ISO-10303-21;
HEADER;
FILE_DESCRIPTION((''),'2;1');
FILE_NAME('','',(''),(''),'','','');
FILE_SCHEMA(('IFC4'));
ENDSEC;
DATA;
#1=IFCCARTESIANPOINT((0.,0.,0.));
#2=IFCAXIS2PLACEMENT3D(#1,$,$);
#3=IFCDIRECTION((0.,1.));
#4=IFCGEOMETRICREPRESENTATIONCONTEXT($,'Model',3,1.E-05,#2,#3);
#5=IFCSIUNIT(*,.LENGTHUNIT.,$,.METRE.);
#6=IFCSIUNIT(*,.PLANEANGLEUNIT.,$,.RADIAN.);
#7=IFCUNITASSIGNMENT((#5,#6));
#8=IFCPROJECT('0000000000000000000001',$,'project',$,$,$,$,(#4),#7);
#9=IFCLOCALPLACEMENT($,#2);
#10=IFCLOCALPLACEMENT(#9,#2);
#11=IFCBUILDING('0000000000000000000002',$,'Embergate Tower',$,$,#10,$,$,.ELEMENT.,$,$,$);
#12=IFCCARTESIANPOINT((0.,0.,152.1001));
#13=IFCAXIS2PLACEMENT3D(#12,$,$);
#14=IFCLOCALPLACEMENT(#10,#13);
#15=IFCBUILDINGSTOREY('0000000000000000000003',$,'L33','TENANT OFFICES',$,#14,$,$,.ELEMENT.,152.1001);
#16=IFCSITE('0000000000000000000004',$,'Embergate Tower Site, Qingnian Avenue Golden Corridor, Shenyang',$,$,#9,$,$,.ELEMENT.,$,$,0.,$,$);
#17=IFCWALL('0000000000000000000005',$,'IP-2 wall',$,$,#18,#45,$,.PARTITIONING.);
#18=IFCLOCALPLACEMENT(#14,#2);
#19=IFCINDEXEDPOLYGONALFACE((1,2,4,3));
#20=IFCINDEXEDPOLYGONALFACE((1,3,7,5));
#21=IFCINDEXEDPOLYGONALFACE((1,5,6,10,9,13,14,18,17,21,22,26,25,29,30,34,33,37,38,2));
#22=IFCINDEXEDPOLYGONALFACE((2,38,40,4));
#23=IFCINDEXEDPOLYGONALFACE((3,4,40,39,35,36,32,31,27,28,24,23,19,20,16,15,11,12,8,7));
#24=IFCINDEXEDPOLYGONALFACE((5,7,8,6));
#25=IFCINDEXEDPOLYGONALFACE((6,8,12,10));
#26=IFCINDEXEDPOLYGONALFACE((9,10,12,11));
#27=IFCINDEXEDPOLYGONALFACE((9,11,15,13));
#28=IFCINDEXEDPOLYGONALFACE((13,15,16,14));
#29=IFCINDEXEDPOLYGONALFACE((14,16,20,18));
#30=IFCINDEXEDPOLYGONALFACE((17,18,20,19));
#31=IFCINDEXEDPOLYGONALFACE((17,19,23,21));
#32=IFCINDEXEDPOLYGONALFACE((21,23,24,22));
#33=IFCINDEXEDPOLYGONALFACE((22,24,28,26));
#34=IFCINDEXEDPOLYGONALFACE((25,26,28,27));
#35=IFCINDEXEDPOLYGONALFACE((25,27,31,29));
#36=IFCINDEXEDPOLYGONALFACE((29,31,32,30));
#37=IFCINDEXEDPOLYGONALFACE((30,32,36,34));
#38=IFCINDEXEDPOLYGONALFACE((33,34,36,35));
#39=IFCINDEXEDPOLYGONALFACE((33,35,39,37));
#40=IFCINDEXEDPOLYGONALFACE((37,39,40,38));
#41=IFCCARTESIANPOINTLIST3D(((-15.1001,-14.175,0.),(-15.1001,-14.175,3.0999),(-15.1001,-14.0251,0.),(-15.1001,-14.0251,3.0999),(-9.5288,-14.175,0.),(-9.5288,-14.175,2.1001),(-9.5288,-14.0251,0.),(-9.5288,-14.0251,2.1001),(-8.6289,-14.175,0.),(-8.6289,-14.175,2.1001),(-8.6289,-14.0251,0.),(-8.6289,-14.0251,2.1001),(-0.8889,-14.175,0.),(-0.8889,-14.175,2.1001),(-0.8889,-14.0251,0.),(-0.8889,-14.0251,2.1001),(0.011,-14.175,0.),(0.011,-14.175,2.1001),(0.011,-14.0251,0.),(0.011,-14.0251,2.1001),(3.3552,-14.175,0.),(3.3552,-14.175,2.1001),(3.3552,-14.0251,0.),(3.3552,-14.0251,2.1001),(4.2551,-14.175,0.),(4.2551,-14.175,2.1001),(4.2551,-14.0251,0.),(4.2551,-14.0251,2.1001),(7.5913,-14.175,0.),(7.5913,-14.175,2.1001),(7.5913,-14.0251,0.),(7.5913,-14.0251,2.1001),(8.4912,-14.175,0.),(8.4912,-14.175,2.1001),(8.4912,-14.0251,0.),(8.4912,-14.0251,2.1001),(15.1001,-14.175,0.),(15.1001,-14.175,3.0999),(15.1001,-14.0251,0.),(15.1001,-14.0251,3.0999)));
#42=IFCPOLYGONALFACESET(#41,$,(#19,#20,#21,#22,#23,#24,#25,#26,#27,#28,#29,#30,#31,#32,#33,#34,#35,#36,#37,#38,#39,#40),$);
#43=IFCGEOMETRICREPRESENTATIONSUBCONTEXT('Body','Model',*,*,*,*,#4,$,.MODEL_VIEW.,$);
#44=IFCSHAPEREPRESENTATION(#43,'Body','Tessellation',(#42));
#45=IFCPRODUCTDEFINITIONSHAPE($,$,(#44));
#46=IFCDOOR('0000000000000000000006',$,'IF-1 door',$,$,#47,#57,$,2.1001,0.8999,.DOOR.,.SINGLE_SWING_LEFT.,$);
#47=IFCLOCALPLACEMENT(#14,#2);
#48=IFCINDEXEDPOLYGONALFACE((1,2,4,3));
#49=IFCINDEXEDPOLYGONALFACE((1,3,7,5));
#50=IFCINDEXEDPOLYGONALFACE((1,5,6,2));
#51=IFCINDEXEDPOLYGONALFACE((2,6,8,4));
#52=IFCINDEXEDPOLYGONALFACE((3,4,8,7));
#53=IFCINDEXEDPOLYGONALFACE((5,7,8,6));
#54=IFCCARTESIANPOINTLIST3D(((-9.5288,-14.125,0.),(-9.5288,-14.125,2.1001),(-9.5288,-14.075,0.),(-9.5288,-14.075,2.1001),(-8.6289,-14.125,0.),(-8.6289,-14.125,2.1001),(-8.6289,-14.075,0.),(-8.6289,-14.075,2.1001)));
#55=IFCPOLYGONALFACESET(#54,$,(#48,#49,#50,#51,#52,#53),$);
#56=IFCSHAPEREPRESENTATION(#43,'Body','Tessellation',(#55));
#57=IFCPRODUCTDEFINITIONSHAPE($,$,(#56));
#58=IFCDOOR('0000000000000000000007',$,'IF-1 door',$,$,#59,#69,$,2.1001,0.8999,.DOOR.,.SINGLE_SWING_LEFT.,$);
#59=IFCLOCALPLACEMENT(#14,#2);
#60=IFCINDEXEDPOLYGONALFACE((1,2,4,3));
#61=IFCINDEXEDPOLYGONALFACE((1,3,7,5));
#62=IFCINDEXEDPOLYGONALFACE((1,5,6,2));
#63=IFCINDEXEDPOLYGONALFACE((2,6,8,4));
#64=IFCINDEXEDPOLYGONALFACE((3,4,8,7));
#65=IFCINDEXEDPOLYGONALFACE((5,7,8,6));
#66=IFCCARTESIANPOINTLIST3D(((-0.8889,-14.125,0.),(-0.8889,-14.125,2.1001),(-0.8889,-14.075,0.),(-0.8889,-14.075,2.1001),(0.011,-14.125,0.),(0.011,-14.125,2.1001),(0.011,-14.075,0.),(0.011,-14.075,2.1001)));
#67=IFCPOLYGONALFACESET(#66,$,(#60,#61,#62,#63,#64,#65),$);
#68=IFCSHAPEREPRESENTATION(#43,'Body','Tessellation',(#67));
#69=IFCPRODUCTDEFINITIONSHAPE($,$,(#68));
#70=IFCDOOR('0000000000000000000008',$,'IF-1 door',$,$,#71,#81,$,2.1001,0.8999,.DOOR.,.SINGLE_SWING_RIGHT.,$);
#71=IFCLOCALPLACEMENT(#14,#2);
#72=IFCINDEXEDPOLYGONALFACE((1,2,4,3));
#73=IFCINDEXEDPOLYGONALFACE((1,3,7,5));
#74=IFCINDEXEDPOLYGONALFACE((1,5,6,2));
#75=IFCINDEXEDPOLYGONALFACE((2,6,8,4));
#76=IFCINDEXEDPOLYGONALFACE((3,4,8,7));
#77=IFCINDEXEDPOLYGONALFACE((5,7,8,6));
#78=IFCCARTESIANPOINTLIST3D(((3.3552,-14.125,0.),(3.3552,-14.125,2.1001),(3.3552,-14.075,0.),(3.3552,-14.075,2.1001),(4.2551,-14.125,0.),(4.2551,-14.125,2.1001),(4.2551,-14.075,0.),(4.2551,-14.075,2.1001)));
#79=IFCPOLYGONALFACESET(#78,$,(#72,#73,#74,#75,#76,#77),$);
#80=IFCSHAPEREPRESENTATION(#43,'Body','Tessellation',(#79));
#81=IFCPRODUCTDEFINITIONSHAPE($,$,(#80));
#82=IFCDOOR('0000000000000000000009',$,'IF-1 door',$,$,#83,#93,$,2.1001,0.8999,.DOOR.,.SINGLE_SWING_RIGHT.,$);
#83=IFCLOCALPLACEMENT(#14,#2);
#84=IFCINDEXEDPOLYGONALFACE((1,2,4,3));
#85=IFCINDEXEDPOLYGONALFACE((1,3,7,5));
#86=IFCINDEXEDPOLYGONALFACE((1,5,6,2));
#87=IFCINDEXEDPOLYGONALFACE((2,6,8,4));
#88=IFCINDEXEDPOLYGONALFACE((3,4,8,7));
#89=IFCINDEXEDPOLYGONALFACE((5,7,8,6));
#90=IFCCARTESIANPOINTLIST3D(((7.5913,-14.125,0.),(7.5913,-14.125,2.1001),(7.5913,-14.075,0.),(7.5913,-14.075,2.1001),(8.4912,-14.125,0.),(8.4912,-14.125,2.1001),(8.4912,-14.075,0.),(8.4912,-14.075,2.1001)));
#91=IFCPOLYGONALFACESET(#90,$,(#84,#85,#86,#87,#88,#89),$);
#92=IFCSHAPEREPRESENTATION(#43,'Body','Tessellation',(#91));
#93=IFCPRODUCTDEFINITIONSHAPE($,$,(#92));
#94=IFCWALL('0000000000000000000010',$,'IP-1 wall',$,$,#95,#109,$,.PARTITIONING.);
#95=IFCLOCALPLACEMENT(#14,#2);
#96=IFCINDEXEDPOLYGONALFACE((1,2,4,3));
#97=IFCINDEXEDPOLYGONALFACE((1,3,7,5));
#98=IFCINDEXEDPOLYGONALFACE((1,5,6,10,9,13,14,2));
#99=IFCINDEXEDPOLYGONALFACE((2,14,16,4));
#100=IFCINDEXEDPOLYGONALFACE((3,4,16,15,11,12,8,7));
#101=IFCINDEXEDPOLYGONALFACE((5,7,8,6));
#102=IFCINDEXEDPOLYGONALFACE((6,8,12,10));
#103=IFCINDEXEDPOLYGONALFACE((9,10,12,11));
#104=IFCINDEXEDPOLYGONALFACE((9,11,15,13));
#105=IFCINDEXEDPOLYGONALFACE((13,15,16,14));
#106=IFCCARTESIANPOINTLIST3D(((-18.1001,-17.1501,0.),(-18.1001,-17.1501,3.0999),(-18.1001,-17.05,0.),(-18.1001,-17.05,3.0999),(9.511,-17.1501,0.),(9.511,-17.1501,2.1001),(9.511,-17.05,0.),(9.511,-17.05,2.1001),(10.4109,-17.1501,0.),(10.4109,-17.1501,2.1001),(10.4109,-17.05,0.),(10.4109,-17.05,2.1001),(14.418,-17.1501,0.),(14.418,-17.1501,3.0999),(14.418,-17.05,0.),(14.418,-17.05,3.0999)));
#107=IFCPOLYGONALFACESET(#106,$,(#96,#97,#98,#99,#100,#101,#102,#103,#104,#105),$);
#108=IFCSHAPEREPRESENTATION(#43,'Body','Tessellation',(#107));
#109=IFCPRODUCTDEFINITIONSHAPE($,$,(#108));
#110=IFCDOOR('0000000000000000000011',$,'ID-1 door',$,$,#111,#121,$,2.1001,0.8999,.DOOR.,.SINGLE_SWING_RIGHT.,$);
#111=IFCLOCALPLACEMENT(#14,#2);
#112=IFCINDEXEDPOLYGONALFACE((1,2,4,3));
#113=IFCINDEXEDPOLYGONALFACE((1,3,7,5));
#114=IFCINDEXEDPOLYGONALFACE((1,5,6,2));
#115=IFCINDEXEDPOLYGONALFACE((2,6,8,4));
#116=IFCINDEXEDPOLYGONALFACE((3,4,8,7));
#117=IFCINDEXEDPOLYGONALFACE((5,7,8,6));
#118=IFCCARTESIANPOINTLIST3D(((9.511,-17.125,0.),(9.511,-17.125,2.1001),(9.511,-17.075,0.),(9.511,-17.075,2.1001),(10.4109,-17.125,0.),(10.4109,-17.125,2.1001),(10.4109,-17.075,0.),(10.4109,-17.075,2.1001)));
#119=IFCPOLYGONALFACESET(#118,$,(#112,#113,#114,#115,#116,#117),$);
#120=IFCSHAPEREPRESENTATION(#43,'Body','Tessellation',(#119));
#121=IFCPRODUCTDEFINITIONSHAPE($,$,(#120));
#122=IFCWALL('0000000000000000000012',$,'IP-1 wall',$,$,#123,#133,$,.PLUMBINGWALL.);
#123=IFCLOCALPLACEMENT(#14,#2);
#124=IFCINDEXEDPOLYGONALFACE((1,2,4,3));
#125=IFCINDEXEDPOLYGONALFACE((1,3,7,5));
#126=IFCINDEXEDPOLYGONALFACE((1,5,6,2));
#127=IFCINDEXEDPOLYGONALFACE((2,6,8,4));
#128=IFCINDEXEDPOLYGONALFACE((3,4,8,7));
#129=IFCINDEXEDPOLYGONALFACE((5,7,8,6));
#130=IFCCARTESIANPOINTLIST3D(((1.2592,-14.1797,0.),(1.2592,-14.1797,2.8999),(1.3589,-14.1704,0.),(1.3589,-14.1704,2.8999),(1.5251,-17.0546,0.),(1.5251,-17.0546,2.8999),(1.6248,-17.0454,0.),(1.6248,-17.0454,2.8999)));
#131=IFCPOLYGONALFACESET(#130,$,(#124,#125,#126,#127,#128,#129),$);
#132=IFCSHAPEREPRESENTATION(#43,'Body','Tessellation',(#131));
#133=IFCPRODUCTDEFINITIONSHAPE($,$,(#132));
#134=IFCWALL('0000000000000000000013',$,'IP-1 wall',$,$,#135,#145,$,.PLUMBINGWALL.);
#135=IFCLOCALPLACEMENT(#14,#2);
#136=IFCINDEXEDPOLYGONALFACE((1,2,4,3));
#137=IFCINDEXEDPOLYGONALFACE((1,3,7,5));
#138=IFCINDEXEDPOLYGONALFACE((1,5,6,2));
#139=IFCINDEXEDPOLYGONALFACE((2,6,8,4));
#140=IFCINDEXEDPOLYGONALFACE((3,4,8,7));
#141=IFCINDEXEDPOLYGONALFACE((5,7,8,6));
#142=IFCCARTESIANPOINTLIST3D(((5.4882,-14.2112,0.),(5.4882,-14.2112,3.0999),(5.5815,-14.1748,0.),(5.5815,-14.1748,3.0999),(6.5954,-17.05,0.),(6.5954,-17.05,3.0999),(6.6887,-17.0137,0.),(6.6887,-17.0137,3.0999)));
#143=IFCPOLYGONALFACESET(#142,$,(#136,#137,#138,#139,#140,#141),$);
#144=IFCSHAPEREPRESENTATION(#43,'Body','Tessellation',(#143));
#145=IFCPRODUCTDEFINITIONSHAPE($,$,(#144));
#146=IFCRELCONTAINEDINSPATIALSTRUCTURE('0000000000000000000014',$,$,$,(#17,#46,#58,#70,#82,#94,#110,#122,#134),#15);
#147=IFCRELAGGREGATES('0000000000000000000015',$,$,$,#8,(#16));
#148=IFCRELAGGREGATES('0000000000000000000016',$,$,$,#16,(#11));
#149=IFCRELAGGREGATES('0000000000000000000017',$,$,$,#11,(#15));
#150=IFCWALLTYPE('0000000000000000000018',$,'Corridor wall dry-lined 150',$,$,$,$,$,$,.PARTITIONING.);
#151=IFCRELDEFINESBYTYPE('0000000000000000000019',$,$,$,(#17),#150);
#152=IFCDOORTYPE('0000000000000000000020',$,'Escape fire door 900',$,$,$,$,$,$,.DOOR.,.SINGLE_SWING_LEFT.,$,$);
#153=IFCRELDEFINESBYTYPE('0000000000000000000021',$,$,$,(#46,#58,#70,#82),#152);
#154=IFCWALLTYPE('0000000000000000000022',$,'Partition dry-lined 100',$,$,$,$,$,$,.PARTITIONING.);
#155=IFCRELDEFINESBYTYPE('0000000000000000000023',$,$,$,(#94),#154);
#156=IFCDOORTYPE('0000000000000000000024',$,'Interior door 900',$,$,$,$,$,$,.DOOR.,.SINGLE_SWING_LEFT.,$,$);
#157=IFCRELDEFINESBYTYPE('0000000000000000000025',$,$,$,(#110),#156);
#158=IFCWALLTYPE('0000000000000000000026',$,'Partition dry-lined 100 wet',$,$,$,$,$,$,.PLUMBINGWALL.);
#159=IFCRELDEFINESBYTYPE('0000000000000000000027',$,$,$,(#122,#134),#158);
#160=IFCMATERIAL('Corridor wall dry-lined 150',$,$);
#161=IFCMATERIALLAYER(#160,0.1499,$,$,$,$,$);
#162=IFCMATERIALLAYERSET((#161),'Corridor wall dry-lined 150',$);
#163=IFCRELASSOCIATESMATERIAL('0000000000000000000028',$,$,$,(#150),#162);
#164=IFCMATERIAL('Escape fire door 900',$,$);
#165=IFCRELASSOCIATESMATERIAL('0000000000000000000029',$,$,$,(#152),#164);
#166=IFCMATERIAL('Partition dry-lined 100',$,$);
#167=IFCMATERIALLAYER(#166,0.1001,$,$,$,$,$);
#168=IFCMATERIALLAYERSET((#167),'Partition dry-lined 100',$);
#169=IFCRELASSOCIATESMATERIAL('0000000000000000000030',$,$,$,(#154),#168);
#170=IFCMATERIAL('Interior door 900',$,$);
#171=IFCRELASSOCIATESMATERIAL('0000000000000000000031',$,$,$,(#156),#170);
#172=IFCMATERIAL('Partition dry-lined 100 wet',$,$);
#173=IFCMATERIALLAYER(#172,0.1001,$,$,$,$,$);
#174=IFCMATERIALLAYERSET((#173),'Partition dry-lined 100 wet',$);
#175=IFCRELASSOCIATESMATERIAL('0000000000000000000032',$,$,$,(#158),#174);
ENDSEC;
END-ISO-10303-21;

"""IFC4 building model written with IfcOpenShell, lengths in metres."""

from ifc_helpers import new_model, si_unit, direction, frame, frame_2d, origin, place, context, subcontext, project, spatial, rectangle, extrude, source, transform, mapped, material, layer, layer_set, type_object, element, fill, save


model = new_model("IFC4")

# Units and contexts
model_context = context("Model", 3, precision=1e-05, world=origin(), true_north=direction((0.0, 1.0)))
body_context = subcontext(model_context, "Body", "Model", "MODEL_VIEW")
ifc_project = project(units=[si_unit("LENGTHUNIT", "METRE"), si_unit("PLANEANGLEUNIT", "RADIAN")], contexts=[model_context])

# Site, building, storey
site_placement = place(None, origin())
site = spatial("IfcSite", under=ifc_project, at=site_placement, Name="Embergate Tower Site, Qingnian Avenue Golden Corridor, Shenyang", CompositionType="ELEMENT", RefElevation=0.0)
building_placement = place(site_placement, origin())
building = spatial("IfcBuilding", under=site, at=building_placement, Name="Embergate Tower", CompositionType="ELEMENT")
storey_placement = place(building_placement, frame((0.0, 0.0, 152.1001)))
storey = spatial("IfcBuildingStorey", under=building, at=storey_placement, Name="L33", Description="TENANT OFFICES", CompositionType="ELEMENT", Elevation=152.1001)

# Wall, openings, doors
ifc_material_1 = material(Name="Corridor wall dry-lined 150")
ifc_layer_1 = layer(ifc_material_1, 0.1499)
ifc_layer_set_1 = layer_set([ifc_layer_1], Name="Corridor wall dry-lined 150")
wall_type_1 = type_object("IfcWallType", Name="Corridor wall dry-lined 150", PredefinedType="PARTITIONING", material=ifc_layer_set_1)
shared_shape_1 = source(origin(), body_context, "Body", "SweptSolid", [
    extrude(rectangle(XDim=30.2002, YDim=0.1499, at=frame_2d((15.1001, 0.0))), origin(), (0.0, 0.0, 1.0), 3.0999),
])
wall_1_placement = place(storey_placement, frame((15.1001, -14.1001, 0.0), z_axis=(0.0, 0.0, 1.0), x_axis=(-1.0, 0.0, 0.0)))
wall_1 = element("IfcWall", 1, at=wall_1_placement, inside=storey, type_object=wall_type_1, Name="IP-2 wall", PredefinedType="PARTITIONING", context=body_context, shape_type="MappedRepresentation", body=[
    mapped(shared_shape_1, transform((0.0, 0.0, 0.0))),
])
shared_shape_2 = source(origin(), body_context, "Body", "SweptSolid", [
    extrude(rectangle(XDim=0.8999, YDim=2.1001, at=frame_2d((0.45, 1.05))), frame((0.0, 0.085, 0.0), z_axis=(0.0, -1.0, 0.0), x_axis=(1.0, 0.0, 0.0)), (0.0, 0.0, 1.0), 0.1699),
])
opening_1_placement = place(wall_1_placement, frame((23.729, 0.0, 0.0)))
opening_1 = element("IfcOpeningElement", 2, at=opening_1_placement, cuts=wall_1, PredefinedType="OPENING", context=body_context, shape_type="MappedRepresentation", body=[
    mapped(shared_shape_2, transform((0.0, 0.0, 0.0))),
])
opening_2_placement = place(wall_1_placement, frame((15.0891, 0.0, 0.0)))
opening_2 = element("IfcOpeningElement", 3, at=opening_2_placement, cuts=wall_1, PredefinedType="OPENING", context=body_context, shape_type="MappedRepresentation", body=[
    mapped(shared_shape_2, transform((0.0, 0.0, 0.0))),
])
opening_3_placement = place(wall_1_placement, frame((10.845, 0.0, 0.0)))
opening_3 = element("IfcOpeningElement", 4, at=opening_3_placement, cuts=wall_1, PredefinedType="OPENING", context=body_context, shape_type="MappedRepresentation", body=[
    mapped(shared_shape_2, transform((0.0, 0.0, 0.0))),
])
opening_4_placement = place(wall_1_placement, frame((6.6089, 0.0, 0.0)))
opening_4 = element("IfcOpeningElement", 5, at=opening_4_placement, cuts=wall_1, PredefinedType="OPENING", context=body_context, shape_type="MappedRepresentation", body=[
    mapped(shared_shape_2, transform((0.0, 0.0, 0.0))),
])
ifc_material_2 = material(Name="Escape fire door 900")
door_type_1 = type_object("IfcDoorType", Name="Escape fire door 900", OperationType="SINGLE_SWING_LEFT", PredefinedType="DOOR", material=ifc_material_2)
shared_shape_3 = source(origin(), body_context, "Body", "SweptSolid", [
    extrude(rectangle(XDim=0.8999, YDim=2.1001, at=frame_2d((0.45, 1.05))), frame((0.0, 0.0249, 0.0), z_axis=(0.0, -1.0, 0.0), x_axis=(1.0, 0.0, 0.0)), (0.0, 0.0, 1.0), 0.05),
])
door_1_placement = place(opening_1_placement, origin())
door_1 = element("IfcDoor", 6, at=door_1_placement, inside=storey, type_object=door_type_1, Name="IF-1 door", OperationType="SINGLE_SWING_LEFT", OverallHeight=2.1001, OverallWidth=0.8999, PredefinedType="DOOR", context=body_context, shape_type="MappedRepresentation", body=[
    mapped(shared_shape_3, transform((0.0, 0.0, 0.0))),
])
fill(opening_1, door_1)
door_2_placement = place(opening_2_placement, origin())
door_2 = element("IfcDoor", 7, at=door_2_placement, inside=storey, type_object=door_type_1, Name="IF-1 door", OperationType="SINGLE_SWING_LEFT", OverallHeight=2.1001, OverallWidth=0.8999, PredefinedType="DOOR", context=body_context, shape_type="MappedRepresentation", body=[
    mapped(shared_shape_3, transform((0.0, 0.0, 0.0))),
])
fill(opening_2, door_2)
door_3_placement = place(opening_3_placement, origin())
door_3 = element("IfcDoor", 8, at=door_3_placement, inside=storey, type_object=door_type_1, Name="IF-1 door", OperationType="SINGLE_SWING_RIGHT", OverallHeight=2.1001, OverallWidth=0.8999, PredefinedType="DOOR", context=body_context, shape_type="MappedRepresentation", body=[
    mapped(shared_shape_3, transform((0.0, 0.0, 0.0))),
])
fill(opening_3, door_3)
door_4_placement = place(opening_4_placement, origin())
door_4 = element("IfcDoor", 9, at=door_4_placement, inside=storey, type_object=door_type_1, Name="IF-1 door", OperationType="SINGLE_SWING_RIGHT", OverallHeight=2.1001, OverallWidth=0.8999, PredefinedType="DOOR", context=body_context, shape_type="MappedRepresentation", body=[
    mapped(shared_shape_3, transform((0.0, 0.0, 0.0))),
])
fill(opening_4, door_4)

# Wall, opening, door
ifc_material_3 = material(Name="Partition dry-lined 100")
ifc_layer_2 = layer(ifc_material_3, 0.1001)
ifc_layer_set_2 = layer_set([ifc_layer_2], Name="Partition dry-lined 100")
wall_type_2 = type_object("IfcWallType", Name="Partition dry-lined 100", PredefinedType="PARTITIONING", material=ifc_layer_set_2)
shared_shape_4 = source(origin(), body_context, "Body", "SweptSolid", [
    extrude(rectangle(XDim=32.5181, YDim=0.1001, at=frame_2d((16.259, 0.0))), origin(), (0.0, 0.0, 1.0), 3.0999),
])
wall_2_placement = place(storey_placement, frame((14.418, -17.1001, 0.0), z_axis=(0.0, 0.0, 1.0), x_axis=(-1.0, 0.0, 0.0)))
wall_2 = element("IfcWall", 10, at=wall_2_placement, inside=storey, type_object=wall_type_2, Name="IP-1 wall", PredefinedType="PARTITIONING", context=body_context, shape_type="MappedRepresentation", body=[
    mapped(shared_shape_4, transform((0.0, 0.0, 0.0))),
])
shared_shape_5 = source(origin(), body_context, "Body", "SweptSolid", [
    extrude(rectangle(XDim=0.8999, YDim=2.1001, at=frame_2d((0.45, 1.05))), frame((0.0, 0.0601, 0.0), z_axis=(0.0, -1.0, 0.0), x_axis=(1.0, 0.0, 0.0)), (0.0, 0.0, 1.0), 0.1201),
])
opening_5_placement = place(wall_2_placement, frame((4.0071, 0.0, 0.0)))
opening_5 = element("IfcOpeningElement", 11, at=opening_5_placement, cuts=wall_2, PredefinedType="OPENING", context=body_context, shape_type="MappedRepresentation", body=[
    mapped(shared_shape_5, transform((0.0, 0.0, 0.0))),
])
ifc_material_4 = material(Name="Interior door 900")
door_type_2 = type_object("IfcDoorType", Name="Interior door 900", OperationType="SINGLE_SWING_LEFT", PredefinedType="DOOR", material=ifc_material_4)
door_5_placement = place(opening_5_placement, origin())
door_5 = element("IfcDoor", 12, at=door_5_placement, inside=storey, type_object=door_type_2, Name="ID-1 door", OperationType="SINGLE_SWING_RIGHT", OverallHeight=2.1001, OverallWidth=0.8999, PredefinedType="DOOR", context=body_context, shape_type="MappedRepresentation", body=[
    mapped(shared_shape_3, transform((0.0, 0.0, 0.0))),
])
fill(opening_5, door_5)

# Walls
ifc_material_5 = material(Name="Partition dry-lined 100 wet")
ifc_layer_3 = layer(ifc_material_5, 0.1001)
ifc_layer_set_3 = layer_set([ifc_layer_3], Name="Partition dry-lined 100 wet")
wall_type_3 = type_object("IfcWallType", Name="Partition dry-lined 100 wet", PredefinedType="PLUMBINGWALL", material=ifc_layer_set_3)
shared_shape_6 = source(origin(), body_context, "Body", "SweptSolid", [
    extrude(rectangle(XDim=2.8872, YDim=0.1001, at=frame_2d((1.4436, 0.0))), origin(), (0.0, 0.0, 1.0), 2.8999),
])
wall_3_placement = place(storey_placement, frame((1.3091, -14.175, 0.0), z_axis=(0.0, 0.0, 1.0), x_axis=(0.092083, -0.995751, 0.0)))
element("IfcWall", 13, at=wall_3_placement, inside=storey, type_object=wall_type_3, Name="IP-1 wall", PredefinedType="PLUMBINGWALL", context=body_context, shape_type="MappedRepresentation", body=[
    mapped(shared_shape_6, transform((0.0, 0.0, 0.0))),
])
shared_shape_7 = source(origin(), body_context, "Body", "SweptSolid", [
    extrude(rectangle(XDim=3.0471, YDim=0.1001, at=frame_2d((1.5234, 0.0))), origin(), (0.0, 0.0, 1.0), 3.0999),
])
wall_4_placement = place(storey_placement, frame((5.5349, -14.1931, 0.0), z_axis=(0.0, 0.0, 1.0), x_axis=(0.363351, -0.931652, 0.0)))
element("IfcWall", 14, at=wall_4_placement, inside=storey, type_object=wall_type_3, Name="IP-1 wall", PredefinedType="PLUMBINGWALL", context=body_context, shape_type="MappedRepresentation", body=[
    mapped(shared_shape_7, transform((0.0, 0.0, 0.0))),
])

save(model, "model.ifc")
